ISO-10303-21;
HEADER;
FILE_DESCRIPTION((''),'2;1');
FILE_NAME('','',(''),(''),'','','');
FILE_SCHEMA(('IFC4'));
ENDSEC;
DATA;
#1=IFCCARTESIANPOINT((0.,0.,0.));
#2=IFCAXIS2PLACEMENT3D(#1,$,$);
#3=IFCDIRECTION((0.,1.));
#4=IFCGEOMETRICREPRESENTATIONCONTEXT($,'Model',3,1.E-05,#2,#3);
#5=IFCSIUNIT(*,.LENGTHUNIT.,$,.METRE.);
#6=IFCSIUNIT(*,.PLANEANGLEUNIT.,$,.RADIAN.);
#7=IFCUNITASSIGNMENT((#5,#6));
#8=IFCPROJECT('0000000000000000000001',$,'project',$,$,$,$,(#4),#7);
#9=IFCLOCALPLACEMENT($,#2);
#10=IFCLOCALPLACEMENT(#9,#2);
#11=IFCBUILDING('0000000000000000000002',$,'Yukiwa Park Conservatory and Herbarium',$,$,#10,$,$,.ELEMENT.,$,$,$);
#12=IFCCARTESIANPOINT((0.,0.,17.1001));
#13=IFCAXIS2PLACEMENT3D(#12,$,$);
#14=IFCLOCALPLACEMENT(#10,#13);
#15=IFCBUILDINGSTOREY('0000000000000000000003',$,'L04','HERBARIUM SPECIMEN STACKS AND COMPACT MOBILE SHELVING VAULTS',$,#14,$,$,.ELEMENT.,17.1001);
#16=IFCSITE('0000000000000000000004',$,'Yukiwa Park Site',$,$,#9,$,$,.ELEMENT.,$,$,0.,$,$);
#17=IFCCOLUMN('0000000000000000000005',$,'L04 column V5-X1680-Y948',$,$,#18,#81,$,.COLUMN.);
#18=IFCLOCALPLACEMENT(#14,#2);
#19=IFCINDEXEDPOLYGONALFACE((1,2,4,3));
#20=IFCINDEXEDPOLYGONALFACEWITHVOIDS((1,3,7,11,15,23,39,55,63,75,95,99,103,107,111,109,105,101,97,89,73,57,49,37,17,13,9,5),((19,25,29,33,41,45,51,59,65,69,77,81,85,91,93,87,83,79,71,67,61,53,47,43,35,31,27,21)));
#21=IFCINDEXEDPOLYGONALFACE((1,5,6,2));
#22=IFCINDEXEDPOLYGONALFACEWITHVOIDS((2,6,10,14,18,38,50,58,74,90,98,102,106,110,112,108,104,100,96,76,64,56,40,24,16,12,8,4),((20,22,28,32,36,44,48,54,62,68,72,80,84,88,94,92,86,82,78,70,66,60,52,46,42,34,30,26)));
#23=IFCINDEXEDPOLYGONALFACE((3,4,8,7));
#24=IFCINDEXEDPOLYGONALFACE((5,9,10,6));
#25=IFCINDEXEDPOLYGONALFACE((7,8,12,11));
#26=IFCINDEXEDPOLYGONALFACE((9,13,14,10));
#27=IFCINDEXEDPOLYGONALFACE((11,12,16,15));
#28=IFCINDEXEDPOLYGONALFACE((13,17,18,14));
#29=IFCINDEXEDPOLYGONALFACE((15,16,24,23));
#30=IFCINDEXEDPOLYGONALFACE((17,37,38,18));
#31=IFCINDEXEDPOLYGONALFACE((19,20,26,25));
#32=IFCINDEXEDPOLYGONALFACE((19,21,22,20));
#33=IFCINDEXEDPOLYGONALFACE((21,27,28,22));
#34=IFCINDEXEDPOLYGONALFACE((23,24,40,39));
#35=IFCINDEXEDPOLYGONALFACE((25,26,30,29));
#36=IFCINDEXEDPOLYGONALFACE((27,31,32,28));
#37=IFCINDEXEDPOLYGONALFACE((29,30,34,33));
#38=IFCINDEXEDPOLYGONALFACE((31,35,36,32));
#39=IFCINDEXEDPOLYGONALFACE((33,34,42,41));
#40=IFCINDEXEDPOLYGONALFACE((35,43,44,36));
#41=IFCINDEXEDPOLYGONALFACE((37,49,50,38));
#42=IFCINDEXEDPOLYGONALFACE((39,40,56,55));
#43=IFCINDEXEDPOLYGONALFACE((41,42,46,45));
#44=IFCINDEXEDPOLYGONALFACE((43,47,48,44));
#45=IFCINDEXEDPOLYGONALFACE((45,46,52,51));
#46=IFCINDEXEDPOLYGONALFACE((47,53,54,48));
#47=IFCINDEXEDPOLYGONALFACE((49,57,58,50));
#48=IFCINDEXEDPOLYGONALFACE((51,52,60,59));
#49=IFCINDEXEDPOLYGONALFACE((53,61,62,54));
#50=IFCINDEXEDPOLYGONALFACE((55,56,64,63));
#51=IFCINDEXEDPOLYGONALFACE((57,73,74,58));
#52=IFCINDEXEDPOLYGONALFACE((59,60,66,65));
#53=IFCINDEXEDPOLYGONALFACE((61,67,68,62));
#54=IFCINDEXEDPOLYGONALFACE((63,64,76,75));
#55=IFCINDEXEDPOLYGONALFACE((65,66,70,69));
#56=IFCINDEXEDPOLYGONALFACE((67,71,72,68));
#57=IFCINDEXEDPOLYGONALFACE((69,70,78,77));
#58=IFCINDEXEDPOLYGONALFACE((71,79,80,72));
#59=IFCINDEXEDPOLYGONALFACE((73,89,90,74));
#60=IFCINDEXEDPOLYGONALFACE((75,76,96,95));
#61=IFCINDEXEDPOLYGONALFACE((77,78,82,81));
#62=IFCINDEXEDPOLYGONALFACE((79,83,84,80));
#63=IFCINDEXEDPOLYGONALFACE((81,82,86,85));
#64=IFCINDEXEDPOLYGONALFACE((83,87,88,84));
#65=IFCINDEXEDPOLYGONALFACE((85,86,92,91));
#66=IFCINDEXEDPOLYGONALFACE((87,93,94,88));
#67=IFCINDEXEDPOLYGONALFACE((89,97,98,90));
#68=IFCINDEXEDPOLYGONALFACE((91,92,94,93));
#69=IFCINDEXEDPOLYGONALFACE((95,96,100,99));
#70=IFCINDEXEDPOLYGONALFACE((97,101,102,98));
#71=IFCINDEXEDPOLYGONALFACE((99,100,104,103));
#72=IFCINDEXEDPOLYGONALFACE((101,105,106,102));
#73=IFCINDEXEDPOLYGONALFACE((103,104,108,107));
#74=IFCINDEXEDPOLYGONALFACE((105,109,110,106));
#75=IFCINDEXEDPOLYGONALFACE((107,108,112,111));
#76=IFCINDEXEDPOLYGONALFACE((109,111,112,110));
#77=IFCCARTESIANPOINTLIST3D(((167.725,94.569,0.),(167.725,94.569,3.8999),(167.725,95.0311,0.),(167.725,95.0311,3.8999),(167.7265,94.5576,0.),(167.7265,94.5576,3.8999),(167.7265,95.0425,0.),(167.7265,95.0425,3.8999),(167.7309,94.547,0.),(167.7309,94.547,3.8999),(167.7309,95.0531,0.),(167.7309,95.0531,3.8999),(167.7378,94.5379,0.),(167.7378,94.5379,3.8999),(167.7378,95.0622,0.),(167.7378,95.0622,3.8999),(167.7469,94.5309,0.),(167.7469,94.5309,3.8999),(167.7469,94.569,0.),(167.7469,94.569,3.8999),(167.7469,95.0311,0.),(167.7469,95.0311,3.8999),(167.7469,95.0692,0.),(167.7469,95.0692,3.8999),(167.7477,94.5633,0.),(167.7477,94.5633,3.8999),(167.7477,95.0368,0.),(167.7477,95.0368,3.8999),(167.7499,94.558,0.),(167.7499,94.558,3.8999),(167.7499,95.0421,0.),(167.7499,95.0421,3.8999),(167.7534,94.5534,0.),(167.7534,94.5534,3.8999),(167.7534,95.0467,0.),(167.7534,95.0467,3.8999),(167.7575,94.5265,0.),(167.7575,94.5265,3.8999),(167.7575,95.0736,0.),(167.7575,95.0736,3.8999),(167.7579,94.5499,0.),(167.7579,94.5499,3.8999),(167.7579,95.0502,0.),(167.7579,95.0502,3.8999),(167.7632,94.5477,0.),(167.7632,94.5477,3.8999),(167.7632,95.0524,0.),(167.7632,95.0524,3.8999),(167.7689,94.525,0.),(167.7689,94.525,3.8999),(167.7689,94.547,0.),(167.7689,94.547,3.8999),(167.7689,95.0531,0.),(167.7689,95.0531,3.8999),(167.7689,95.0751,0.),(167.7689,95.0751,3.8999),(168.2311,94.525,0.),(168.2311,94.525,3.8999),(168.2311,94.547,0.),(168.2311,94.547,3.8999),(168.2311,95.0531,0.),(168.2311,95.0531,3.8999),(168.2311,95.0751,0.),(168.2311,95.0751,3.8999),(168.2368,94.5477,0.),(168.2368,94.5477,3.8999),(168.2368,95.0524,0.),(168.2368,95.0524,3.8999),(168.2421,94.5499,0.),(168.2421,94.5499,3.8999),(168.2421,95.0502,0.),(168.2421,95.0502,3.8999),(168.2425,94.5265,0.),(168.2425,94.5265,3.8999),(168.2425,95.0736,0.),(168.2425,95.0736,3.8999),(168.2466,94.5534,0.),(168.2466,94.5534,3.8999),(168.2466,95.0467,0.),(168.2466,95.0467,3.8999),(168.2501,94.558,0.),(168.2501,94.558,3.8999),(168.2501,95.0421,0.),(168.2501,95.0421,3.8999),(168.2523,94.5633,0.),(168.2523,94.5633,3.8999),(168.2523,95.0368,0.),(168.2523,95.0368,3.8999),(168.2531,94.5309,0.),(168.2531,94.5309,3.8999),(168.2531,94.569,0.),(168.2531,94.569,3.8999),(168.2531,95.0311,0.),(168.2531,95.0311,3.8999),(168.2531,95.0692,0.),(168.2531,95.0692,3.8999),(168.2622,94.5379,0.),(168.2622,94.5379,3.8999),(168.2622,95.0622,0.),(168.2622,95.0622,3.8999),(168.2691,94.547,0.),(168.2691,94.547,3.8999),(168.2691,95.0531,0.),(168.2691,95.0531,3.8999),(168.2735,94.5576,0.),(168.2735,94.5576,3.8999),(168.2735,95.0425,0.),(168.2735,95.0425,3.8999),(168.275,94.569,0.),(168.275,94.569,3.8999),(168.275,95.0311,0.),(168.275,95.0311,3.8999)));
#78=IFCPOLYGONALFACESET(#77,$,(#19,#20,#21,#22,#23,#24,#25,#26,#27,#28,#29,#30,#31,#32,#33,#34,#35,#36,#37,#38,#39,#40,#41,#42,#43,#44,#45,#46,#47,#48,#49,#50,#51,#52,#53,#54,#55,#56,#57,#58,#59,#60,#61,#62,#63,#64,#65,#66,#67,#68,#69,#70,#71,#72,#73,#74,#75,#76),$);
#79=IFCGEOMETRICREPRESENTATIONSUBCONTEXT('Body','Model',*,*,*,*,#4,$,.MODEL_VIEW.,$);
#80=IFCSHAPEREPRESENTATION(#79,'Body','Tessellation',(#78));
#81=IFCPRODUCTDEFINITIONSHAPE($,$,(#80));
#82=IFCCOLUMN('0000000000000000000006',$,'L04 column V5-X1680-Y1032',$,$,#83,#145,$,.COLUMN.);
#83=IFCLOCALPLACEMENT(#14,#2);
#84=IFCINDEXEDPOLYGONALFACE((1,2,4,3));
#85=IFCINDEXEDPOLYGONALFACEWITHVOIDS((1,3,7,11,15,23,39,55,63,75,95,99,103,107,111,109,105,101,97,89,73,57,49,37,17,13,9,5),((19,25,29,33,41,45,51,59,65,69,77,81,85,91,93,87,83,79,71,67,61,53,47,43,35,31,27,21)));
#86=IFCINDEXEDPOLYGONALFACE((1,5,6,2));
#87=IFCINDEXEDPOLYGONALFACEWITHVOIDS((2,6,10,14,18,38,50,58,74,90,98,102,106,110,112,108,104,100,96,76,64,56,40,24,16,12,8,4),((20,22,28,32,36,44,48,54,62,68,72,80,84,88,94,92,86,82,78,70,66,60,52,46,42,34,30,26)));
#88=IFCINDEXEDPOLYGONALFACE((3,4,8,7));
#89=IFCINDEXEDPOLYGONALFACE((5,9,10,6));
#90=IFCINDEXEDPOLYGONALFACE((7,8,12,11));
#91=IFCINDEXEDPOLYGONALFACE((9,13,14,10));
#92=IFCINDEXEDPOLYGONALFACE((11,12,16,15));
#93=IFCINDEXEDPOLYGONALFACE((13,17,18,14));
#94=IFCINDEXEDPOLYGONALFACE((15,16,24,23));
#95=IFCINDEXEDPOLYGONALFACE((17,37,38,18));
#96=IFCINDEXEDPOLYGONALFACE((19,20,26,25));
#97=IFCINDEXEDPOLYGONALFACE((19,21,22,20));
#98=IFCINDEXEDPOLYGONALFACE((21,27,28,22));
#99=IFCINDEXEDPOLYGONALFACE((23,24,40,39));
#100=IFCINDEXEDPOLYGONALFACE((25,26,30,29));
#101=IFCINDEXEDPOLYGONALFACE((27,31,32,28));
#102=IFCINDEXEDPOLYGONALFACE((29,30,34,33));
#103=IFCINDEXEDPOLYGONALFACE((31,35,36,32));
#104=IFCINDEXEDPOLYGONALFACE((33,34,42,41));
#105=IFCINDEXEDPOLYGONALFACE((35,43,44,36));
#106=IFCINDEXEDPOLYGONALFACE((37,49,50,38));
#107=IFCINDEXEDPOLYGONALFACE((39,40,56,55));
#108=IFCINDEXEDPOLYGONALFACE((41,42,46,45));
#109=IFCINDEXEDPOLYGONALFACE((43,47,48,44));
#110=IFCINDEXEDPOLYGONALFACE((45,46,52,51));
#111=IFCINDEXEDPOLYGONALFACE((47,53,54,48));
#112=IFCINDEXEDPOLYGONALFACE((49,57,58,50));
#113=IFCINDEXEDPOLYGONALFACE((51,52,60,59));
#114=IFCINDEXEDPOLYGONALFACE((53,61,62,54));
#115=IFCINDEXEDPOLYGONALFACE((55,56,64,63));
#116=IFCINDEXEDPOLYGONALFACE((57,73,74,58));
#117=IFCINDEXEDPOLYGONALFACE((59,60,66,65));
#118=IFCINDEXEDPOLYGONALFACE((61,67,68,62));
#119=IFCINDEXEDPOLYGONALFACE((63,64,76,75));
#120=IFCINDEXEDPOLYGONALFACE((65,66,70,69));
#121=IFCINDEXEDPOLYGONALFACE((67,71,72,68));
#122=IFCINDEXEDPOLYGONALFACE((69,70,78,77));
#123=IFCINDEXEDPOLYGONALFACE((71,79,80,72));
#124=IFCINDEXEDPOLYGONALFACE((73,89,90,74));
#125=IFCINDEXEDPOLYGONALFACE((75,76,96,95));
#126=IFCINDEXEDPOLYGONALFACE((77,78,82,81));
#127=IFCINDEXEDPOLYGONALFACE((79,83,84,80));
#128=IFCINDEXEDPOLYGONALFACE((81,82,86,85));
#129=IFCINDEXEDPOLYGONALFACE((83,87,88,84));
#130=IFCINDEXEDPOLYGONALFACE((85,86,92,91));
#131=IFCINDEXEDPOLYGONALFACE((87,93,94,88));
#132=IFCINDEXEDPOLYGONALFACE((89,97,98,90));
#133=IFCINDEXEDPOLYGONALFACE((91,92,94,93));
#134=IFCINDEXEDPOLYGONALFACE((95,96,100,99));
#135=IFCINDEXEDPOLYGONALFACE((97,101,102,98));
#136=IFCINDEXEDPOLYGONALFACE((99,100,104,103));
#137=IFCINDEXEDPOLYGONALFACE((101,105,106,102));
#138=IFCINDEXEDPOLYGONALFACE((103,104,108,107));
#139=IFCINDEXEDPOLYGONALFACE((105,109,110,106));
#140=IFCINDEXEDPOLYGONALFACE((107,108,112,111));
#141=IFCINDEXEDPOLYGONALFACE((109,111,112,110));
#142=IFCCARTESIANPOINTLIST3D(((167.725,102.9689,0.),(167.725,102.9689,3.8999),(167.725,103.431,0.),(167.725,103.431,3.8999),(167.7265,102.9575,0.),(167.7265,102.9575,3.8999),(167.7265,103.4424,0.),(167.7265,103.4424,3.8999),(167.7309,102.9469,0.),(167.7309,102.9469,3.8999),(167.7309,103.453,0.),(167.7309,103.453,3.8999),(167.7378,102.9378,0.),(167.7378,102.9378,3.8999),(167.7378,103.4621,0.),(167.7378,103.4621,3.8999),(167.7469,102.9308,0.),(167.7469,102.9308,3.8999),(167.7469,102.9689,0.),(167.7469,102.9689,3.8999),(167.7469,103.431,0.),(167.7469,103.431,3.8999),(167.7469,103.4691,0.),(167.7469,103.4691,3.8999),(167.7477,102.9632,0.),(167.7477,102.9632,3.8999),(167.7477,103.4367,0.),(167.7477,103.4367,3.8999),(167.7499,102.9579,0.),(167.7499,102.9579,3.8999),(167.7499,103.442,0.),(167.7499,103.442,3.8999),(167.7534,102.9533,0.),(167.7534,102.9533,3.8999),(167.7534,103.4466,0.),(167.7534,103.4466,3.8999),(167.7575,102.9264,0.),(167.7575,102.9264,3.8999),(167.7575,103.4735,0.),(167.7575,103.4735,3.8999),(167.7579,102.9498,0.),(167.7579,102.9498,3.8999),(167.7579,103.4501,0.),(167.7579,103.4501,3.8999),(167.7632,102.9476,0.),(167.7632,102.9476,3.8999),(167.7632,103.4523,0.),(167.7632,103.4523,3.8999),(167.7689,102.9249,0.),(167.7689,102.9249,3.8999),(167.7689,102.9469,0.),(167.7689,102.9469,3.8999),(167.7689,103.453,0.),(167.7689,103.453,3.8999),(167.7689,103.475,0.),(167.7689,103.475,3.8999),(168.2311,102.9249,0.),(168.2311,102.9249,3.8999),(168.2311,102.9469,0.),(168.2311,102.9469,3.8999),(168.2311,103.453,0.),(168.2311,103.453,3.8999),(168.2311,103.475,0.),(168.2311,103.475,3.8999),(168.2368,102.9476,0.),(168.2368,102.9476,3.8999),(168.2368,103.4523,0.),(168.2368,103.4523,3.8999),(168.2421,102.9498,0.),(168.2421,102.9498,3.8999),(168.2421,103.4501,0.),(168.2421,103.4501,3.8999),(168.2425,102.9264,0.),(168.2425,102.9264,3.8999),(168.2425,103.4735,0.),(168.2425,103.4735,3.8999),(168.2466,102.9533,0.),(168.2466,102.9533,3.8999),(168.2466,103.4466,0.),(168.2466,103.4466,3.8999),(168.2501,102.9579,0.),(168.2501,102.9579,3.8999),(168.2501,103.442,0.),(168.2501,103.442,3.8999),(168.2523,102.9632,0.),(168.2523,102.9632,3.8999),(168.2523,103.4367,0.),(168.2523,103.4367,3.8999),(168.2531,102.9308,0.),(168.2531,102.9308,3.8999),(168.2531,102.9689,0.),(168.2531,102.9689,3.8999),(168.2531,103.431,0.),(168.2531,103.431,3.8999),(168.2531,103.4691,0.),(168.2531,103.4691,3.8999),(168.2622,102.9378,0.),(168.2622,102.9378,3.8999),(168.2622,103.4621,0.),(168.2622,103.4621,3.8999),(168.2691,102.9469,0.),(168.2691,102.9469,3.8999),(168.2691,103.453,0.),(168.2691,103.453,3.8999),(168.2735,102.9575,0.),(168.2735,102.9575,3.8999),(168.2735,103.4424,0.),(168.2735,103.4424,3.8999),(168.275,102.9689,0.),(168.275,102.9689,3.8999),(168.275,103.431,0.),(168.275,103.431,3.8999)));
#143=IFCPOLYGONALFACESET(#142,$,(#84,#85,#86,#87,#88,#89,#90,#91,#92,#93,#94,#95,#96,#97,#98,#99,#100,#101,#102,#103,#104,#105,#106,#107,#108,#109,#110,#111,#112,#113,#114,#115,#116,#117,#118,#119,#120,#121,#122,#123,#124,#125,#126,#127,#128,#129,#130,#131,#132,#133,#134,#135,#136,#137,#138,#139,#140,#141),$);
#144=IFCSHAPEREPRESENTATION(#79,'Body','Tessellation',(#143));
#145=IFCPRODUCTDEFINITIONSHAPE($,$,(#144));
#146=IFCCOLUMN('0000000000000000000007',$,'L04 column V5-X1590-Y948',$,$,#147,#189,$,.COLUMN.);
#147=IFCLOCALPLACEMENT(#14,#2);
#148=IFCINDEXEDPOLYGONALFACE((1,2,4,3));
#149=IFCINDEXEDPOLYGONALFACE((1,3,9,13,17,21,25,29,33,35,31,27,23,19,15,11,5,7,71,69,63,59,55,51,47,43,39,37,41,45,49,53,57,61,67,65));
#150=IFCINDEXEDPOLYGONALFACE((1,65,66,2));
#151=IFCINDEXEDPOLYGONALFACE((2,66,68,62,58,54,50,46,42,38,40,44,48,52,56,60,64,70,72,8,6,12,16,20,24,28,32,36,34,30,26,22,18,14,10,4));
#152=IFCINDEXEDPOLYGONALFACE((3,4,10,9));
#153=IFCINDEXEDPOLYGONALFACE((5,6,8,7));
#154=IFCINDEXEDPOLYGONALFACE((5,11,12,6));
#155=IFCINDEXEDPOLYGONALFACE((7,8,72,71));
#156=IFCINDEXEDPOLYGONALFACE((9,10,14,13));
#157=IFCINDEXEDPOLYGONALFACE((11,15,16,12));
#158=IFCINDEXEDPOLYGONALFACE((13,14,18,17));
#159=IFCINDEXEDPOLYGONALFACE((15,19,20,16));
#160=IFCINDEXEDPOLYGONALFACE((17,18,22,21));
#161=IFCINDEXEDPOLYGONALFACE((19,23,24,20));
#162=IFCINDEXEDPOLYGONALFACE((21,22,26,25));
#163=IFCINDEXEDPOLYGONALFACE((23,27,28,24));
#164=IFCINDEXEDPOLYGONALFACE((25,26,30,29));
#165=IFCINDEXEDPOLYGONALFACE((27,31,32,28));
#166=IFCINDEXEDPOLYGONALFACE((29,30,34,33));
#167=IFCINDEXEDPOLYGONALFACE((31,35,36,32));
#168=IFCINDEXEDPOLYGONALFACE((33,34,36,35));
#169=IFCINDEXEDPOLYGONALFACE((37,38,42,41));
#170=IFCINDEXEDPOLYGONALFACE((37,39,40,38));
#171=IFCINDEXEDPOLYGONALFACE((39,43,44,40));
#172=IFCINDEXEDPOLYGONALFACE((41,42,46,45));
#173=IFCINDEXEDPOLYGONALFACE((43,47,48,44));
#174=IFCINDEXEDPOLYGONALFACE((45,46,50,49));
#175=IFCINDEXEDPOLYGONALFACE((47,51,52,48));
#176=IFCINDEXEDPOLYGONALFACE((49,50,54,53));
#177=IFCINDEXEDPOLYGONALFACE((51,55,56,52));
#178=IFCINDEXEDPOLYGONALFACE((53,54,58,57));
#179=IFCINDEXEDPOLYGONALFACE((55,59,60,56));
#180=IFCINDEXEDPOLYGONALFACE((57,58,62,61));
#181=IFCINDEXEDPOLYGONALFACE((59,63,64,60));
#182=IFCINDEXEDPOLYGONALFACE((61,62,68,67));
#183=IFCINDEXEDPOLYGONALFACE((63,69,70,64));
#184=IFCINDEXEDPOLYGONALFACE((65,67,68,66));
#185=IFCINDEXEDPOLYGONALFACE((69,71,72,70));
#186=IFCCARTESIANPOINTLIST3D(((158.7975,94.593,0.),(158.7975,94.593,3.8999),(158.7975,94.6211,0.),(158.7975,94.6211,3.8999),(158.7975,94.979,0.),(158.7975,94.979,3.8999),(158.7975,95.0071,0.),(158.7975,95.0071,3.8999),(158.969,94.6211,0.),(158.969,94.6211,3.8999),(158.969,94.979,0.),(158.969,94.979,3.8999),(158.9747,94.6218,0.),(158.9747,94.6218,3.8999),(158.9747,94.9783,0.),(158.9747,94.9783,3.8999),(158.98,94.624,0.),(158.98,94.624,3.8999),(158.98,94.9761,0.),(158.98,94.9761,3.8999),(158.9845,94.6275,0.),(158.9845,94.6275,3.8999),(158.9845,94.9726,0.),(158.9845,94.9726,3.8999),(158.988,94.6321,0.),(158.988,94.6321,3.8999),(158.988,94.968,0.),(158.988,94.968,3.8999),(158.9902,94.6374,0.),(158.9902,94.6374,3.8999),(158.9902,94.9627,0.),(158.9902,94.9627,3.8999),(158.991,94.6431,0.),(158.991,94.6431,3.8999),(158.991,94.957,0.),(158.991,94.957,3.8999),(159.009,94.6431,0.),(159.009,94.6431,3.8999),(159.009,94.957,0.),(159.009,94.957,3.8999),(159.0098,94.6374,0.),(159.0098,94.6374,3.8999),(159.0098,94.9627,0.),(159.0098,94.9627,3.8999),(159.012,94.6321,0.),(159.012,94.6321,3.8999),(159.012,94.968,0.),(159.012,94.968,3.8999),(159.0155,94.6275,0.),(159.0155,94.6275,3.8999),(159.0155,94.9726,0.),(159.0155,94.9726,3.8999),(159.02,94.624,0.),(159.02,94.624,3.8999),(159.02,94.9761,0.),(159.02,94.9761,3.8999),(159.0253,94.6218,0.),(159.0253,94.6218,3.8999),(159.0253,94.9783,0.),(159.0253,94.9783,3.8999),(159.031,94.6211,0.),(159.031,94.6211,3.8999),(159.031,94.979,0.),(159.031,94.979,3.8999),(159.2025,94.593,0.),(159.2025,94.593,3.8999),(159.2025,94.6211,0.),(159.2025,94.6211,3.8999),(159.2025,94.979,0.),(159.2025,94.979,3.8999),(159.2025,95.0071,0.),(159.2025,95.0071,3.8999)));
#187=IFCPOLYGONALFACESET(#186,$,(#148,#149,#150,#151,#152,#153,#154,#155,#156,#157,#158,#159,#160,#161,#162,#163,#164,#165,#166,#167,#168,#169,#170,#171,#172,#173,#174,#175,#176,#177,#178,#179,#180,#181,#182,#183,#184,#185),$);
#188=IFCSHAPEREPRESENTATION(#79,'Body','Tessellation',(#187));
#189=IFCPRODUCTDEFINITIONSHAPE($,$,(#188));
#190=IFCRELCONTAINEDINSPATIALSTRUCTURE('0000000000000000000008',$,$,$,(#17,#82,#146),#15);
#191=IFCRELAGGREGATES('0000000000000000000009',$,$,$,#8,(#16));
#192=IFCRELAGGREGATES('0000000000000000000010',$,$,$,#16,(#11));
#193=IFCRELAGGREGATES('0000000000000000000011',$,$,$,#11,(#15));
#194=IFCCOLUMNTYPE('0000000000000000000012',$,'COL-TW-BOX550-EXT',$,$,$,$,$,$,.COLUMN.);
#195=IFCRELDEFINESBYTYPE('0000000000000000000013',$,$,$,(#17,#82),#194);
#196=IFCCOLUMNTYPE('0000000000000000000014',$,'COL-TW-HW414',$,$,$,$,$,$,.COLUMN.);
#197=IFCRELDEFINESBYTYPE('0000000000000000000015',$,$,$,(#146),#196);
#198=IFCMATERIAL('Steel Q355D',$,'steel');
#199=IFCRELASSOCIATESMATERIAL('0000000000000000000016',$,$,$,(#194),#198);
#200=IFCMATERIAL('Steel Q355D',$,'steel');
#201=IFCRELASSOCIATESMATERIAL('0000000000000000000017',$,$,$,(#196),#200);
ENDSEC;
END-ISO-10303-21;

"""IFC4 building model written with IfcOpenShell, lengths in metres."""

from ifc_helpers import new_model, si_unit, direction, frame, origin, origin_2d, place, context, subcontext, project, spatial, hollow_rectangle, i_section, extrude, material, material_profile, profile_set, type_object, element, save


model = new_model("IFC4")

# Units and contexts
model_context = context("Model", 3, precision=1e-05, world=origin(), true_north=direction((0.0, 1.0)))
body_context = subcontext(model_context, "Body", "Model", "MODEL_VIEW")
ifc_project = project(units=[si_unit("LENGTHUNIT", "METRE"), si_unit("PLANEANGLEUNIT", "RADIAN")], contexts=[model_context])

# Site, building, storey
site_placement = place(None, origin())
site = spatial("IfcSite", under=ifc_project, at=site_placement, Name="Yukiwa Park Site", CompositionType="ELEMENT", RefElevation=0.0)
building_placement = place(site_placement, origin())
building = spatial("IfcBuilding", under=site, at=building_placement, Name="Yukiwa Park Conservatory and Herbarium", CompositionType="ELEMENT")
storey_placement = place(building_placement, frame((0.0, 0.0, 17.1001)))
storey = spatial("IfcBuildingStorey", under=building, at=storey_placement, Name="L04", Description="HERBARIUM SPECIMEN STACKS AND COMPACT MOBILE SHELVING VAULTS", CompositionType="ELEMENT", Elevation=17.1001)

# Columns
ifc_material_1 = material(Name="Steel Q355D", Category="steel")
ifc_material_profile_1 = material_profile(ifc_material_1, hollow_rectangle(XDim=0.55, YDim=0.55, WallThickness=0.022, InnerFilletRadius=0.022, OuterFilletRadius=0.0439, at=origin_2d()), Name="BOX 550x550x22")
ifc_profile_set_1 = profile_set([ifc_material_profile_1], Name="Steel Q355D")
column_type_1 = type_object("IfcColumnType", Name="COL-TW-BOX550-EXT", PredefinedType="COLUMN", material=ifc_profile_set_1)
for number, where, z_axis, x_axis, name in (
    (1, (168.0, 94.8, 0.0), (0.0, 0.0, 1.0), (1.0, 0.0, 0.0), "L04 column V5-X1680-Y948"),
    (2, (168.0, 103.2, 0.0), (0.0, 0.0, 1.0), (1.0, 0.0, 0.0), "L04 column V5-X1680-Y1032"),
):
    element("IfcColumn", number, at=place(storey_placement, frame(where, z_axis=z_axis, x_axis=x_axis)), inside=storey, type_object=column_type_1, Name=name, PredefinedType="COLUMN", context=body_context, shape_type="SweptSolid", body=[
        extrude(hollow_rectangle(XDim=0.55, YDim=0.55, WallThickness=0.022, InnerFilletRadius=0.022, OuterFilletRadius=0.0439, at=origin_2d()), origin(), (0.0, 0.0, 1.0), 3.8999),
    ])
ifc_material_2 = material(Name="Steel Q355D", Category="steel")
ifc_material_profile_2 = material_profile(ifc_material_2, i_section(OverallWidth=0.405, OverallDepth=0.4141, WebThickness=0.0181, FlangeThickness=0.0281, FilletRadius=0.022, at=origin_2d()), Name="HW 414x405x18x28")
ifc_profile_set_2 = profile_set([ifc_material_profile_2], Name="Steel Q355D")
column_type_2 = type_object("IfcColumnType", Name="COL-TW-HW414", PredefinedType="COLUMN", material=ifc_profile_set_2)
for number, where, z_axis, x_axis, name in (
    (3, (159.0, 94.8, 0.0), (0.0, 0.0, 1.0), (1.0, 0.0, 0.0), "L04 column V5-X1590-Y948"),
):
    element("IfcColumn", number, at=place(storey_placement, frame(where, z_axis=z_axis, x_axis=x_axis)), inside=storey, type_object=column_type_2, Name=name, PredefinedType="COLUMN", context=body_context, shape_type="SweptSolid", body=[
        extrude(i_section(OverallWidth=0.405, OverallDepth=0.4141, WebThickness=0.0181, FlangeThickness=0.0281, FilletRadius=0.022, at=origin_2d()), origin(), (0.0, 0.0, 1.0), 3.8999),
    ])

save(model, "model.ifc")
